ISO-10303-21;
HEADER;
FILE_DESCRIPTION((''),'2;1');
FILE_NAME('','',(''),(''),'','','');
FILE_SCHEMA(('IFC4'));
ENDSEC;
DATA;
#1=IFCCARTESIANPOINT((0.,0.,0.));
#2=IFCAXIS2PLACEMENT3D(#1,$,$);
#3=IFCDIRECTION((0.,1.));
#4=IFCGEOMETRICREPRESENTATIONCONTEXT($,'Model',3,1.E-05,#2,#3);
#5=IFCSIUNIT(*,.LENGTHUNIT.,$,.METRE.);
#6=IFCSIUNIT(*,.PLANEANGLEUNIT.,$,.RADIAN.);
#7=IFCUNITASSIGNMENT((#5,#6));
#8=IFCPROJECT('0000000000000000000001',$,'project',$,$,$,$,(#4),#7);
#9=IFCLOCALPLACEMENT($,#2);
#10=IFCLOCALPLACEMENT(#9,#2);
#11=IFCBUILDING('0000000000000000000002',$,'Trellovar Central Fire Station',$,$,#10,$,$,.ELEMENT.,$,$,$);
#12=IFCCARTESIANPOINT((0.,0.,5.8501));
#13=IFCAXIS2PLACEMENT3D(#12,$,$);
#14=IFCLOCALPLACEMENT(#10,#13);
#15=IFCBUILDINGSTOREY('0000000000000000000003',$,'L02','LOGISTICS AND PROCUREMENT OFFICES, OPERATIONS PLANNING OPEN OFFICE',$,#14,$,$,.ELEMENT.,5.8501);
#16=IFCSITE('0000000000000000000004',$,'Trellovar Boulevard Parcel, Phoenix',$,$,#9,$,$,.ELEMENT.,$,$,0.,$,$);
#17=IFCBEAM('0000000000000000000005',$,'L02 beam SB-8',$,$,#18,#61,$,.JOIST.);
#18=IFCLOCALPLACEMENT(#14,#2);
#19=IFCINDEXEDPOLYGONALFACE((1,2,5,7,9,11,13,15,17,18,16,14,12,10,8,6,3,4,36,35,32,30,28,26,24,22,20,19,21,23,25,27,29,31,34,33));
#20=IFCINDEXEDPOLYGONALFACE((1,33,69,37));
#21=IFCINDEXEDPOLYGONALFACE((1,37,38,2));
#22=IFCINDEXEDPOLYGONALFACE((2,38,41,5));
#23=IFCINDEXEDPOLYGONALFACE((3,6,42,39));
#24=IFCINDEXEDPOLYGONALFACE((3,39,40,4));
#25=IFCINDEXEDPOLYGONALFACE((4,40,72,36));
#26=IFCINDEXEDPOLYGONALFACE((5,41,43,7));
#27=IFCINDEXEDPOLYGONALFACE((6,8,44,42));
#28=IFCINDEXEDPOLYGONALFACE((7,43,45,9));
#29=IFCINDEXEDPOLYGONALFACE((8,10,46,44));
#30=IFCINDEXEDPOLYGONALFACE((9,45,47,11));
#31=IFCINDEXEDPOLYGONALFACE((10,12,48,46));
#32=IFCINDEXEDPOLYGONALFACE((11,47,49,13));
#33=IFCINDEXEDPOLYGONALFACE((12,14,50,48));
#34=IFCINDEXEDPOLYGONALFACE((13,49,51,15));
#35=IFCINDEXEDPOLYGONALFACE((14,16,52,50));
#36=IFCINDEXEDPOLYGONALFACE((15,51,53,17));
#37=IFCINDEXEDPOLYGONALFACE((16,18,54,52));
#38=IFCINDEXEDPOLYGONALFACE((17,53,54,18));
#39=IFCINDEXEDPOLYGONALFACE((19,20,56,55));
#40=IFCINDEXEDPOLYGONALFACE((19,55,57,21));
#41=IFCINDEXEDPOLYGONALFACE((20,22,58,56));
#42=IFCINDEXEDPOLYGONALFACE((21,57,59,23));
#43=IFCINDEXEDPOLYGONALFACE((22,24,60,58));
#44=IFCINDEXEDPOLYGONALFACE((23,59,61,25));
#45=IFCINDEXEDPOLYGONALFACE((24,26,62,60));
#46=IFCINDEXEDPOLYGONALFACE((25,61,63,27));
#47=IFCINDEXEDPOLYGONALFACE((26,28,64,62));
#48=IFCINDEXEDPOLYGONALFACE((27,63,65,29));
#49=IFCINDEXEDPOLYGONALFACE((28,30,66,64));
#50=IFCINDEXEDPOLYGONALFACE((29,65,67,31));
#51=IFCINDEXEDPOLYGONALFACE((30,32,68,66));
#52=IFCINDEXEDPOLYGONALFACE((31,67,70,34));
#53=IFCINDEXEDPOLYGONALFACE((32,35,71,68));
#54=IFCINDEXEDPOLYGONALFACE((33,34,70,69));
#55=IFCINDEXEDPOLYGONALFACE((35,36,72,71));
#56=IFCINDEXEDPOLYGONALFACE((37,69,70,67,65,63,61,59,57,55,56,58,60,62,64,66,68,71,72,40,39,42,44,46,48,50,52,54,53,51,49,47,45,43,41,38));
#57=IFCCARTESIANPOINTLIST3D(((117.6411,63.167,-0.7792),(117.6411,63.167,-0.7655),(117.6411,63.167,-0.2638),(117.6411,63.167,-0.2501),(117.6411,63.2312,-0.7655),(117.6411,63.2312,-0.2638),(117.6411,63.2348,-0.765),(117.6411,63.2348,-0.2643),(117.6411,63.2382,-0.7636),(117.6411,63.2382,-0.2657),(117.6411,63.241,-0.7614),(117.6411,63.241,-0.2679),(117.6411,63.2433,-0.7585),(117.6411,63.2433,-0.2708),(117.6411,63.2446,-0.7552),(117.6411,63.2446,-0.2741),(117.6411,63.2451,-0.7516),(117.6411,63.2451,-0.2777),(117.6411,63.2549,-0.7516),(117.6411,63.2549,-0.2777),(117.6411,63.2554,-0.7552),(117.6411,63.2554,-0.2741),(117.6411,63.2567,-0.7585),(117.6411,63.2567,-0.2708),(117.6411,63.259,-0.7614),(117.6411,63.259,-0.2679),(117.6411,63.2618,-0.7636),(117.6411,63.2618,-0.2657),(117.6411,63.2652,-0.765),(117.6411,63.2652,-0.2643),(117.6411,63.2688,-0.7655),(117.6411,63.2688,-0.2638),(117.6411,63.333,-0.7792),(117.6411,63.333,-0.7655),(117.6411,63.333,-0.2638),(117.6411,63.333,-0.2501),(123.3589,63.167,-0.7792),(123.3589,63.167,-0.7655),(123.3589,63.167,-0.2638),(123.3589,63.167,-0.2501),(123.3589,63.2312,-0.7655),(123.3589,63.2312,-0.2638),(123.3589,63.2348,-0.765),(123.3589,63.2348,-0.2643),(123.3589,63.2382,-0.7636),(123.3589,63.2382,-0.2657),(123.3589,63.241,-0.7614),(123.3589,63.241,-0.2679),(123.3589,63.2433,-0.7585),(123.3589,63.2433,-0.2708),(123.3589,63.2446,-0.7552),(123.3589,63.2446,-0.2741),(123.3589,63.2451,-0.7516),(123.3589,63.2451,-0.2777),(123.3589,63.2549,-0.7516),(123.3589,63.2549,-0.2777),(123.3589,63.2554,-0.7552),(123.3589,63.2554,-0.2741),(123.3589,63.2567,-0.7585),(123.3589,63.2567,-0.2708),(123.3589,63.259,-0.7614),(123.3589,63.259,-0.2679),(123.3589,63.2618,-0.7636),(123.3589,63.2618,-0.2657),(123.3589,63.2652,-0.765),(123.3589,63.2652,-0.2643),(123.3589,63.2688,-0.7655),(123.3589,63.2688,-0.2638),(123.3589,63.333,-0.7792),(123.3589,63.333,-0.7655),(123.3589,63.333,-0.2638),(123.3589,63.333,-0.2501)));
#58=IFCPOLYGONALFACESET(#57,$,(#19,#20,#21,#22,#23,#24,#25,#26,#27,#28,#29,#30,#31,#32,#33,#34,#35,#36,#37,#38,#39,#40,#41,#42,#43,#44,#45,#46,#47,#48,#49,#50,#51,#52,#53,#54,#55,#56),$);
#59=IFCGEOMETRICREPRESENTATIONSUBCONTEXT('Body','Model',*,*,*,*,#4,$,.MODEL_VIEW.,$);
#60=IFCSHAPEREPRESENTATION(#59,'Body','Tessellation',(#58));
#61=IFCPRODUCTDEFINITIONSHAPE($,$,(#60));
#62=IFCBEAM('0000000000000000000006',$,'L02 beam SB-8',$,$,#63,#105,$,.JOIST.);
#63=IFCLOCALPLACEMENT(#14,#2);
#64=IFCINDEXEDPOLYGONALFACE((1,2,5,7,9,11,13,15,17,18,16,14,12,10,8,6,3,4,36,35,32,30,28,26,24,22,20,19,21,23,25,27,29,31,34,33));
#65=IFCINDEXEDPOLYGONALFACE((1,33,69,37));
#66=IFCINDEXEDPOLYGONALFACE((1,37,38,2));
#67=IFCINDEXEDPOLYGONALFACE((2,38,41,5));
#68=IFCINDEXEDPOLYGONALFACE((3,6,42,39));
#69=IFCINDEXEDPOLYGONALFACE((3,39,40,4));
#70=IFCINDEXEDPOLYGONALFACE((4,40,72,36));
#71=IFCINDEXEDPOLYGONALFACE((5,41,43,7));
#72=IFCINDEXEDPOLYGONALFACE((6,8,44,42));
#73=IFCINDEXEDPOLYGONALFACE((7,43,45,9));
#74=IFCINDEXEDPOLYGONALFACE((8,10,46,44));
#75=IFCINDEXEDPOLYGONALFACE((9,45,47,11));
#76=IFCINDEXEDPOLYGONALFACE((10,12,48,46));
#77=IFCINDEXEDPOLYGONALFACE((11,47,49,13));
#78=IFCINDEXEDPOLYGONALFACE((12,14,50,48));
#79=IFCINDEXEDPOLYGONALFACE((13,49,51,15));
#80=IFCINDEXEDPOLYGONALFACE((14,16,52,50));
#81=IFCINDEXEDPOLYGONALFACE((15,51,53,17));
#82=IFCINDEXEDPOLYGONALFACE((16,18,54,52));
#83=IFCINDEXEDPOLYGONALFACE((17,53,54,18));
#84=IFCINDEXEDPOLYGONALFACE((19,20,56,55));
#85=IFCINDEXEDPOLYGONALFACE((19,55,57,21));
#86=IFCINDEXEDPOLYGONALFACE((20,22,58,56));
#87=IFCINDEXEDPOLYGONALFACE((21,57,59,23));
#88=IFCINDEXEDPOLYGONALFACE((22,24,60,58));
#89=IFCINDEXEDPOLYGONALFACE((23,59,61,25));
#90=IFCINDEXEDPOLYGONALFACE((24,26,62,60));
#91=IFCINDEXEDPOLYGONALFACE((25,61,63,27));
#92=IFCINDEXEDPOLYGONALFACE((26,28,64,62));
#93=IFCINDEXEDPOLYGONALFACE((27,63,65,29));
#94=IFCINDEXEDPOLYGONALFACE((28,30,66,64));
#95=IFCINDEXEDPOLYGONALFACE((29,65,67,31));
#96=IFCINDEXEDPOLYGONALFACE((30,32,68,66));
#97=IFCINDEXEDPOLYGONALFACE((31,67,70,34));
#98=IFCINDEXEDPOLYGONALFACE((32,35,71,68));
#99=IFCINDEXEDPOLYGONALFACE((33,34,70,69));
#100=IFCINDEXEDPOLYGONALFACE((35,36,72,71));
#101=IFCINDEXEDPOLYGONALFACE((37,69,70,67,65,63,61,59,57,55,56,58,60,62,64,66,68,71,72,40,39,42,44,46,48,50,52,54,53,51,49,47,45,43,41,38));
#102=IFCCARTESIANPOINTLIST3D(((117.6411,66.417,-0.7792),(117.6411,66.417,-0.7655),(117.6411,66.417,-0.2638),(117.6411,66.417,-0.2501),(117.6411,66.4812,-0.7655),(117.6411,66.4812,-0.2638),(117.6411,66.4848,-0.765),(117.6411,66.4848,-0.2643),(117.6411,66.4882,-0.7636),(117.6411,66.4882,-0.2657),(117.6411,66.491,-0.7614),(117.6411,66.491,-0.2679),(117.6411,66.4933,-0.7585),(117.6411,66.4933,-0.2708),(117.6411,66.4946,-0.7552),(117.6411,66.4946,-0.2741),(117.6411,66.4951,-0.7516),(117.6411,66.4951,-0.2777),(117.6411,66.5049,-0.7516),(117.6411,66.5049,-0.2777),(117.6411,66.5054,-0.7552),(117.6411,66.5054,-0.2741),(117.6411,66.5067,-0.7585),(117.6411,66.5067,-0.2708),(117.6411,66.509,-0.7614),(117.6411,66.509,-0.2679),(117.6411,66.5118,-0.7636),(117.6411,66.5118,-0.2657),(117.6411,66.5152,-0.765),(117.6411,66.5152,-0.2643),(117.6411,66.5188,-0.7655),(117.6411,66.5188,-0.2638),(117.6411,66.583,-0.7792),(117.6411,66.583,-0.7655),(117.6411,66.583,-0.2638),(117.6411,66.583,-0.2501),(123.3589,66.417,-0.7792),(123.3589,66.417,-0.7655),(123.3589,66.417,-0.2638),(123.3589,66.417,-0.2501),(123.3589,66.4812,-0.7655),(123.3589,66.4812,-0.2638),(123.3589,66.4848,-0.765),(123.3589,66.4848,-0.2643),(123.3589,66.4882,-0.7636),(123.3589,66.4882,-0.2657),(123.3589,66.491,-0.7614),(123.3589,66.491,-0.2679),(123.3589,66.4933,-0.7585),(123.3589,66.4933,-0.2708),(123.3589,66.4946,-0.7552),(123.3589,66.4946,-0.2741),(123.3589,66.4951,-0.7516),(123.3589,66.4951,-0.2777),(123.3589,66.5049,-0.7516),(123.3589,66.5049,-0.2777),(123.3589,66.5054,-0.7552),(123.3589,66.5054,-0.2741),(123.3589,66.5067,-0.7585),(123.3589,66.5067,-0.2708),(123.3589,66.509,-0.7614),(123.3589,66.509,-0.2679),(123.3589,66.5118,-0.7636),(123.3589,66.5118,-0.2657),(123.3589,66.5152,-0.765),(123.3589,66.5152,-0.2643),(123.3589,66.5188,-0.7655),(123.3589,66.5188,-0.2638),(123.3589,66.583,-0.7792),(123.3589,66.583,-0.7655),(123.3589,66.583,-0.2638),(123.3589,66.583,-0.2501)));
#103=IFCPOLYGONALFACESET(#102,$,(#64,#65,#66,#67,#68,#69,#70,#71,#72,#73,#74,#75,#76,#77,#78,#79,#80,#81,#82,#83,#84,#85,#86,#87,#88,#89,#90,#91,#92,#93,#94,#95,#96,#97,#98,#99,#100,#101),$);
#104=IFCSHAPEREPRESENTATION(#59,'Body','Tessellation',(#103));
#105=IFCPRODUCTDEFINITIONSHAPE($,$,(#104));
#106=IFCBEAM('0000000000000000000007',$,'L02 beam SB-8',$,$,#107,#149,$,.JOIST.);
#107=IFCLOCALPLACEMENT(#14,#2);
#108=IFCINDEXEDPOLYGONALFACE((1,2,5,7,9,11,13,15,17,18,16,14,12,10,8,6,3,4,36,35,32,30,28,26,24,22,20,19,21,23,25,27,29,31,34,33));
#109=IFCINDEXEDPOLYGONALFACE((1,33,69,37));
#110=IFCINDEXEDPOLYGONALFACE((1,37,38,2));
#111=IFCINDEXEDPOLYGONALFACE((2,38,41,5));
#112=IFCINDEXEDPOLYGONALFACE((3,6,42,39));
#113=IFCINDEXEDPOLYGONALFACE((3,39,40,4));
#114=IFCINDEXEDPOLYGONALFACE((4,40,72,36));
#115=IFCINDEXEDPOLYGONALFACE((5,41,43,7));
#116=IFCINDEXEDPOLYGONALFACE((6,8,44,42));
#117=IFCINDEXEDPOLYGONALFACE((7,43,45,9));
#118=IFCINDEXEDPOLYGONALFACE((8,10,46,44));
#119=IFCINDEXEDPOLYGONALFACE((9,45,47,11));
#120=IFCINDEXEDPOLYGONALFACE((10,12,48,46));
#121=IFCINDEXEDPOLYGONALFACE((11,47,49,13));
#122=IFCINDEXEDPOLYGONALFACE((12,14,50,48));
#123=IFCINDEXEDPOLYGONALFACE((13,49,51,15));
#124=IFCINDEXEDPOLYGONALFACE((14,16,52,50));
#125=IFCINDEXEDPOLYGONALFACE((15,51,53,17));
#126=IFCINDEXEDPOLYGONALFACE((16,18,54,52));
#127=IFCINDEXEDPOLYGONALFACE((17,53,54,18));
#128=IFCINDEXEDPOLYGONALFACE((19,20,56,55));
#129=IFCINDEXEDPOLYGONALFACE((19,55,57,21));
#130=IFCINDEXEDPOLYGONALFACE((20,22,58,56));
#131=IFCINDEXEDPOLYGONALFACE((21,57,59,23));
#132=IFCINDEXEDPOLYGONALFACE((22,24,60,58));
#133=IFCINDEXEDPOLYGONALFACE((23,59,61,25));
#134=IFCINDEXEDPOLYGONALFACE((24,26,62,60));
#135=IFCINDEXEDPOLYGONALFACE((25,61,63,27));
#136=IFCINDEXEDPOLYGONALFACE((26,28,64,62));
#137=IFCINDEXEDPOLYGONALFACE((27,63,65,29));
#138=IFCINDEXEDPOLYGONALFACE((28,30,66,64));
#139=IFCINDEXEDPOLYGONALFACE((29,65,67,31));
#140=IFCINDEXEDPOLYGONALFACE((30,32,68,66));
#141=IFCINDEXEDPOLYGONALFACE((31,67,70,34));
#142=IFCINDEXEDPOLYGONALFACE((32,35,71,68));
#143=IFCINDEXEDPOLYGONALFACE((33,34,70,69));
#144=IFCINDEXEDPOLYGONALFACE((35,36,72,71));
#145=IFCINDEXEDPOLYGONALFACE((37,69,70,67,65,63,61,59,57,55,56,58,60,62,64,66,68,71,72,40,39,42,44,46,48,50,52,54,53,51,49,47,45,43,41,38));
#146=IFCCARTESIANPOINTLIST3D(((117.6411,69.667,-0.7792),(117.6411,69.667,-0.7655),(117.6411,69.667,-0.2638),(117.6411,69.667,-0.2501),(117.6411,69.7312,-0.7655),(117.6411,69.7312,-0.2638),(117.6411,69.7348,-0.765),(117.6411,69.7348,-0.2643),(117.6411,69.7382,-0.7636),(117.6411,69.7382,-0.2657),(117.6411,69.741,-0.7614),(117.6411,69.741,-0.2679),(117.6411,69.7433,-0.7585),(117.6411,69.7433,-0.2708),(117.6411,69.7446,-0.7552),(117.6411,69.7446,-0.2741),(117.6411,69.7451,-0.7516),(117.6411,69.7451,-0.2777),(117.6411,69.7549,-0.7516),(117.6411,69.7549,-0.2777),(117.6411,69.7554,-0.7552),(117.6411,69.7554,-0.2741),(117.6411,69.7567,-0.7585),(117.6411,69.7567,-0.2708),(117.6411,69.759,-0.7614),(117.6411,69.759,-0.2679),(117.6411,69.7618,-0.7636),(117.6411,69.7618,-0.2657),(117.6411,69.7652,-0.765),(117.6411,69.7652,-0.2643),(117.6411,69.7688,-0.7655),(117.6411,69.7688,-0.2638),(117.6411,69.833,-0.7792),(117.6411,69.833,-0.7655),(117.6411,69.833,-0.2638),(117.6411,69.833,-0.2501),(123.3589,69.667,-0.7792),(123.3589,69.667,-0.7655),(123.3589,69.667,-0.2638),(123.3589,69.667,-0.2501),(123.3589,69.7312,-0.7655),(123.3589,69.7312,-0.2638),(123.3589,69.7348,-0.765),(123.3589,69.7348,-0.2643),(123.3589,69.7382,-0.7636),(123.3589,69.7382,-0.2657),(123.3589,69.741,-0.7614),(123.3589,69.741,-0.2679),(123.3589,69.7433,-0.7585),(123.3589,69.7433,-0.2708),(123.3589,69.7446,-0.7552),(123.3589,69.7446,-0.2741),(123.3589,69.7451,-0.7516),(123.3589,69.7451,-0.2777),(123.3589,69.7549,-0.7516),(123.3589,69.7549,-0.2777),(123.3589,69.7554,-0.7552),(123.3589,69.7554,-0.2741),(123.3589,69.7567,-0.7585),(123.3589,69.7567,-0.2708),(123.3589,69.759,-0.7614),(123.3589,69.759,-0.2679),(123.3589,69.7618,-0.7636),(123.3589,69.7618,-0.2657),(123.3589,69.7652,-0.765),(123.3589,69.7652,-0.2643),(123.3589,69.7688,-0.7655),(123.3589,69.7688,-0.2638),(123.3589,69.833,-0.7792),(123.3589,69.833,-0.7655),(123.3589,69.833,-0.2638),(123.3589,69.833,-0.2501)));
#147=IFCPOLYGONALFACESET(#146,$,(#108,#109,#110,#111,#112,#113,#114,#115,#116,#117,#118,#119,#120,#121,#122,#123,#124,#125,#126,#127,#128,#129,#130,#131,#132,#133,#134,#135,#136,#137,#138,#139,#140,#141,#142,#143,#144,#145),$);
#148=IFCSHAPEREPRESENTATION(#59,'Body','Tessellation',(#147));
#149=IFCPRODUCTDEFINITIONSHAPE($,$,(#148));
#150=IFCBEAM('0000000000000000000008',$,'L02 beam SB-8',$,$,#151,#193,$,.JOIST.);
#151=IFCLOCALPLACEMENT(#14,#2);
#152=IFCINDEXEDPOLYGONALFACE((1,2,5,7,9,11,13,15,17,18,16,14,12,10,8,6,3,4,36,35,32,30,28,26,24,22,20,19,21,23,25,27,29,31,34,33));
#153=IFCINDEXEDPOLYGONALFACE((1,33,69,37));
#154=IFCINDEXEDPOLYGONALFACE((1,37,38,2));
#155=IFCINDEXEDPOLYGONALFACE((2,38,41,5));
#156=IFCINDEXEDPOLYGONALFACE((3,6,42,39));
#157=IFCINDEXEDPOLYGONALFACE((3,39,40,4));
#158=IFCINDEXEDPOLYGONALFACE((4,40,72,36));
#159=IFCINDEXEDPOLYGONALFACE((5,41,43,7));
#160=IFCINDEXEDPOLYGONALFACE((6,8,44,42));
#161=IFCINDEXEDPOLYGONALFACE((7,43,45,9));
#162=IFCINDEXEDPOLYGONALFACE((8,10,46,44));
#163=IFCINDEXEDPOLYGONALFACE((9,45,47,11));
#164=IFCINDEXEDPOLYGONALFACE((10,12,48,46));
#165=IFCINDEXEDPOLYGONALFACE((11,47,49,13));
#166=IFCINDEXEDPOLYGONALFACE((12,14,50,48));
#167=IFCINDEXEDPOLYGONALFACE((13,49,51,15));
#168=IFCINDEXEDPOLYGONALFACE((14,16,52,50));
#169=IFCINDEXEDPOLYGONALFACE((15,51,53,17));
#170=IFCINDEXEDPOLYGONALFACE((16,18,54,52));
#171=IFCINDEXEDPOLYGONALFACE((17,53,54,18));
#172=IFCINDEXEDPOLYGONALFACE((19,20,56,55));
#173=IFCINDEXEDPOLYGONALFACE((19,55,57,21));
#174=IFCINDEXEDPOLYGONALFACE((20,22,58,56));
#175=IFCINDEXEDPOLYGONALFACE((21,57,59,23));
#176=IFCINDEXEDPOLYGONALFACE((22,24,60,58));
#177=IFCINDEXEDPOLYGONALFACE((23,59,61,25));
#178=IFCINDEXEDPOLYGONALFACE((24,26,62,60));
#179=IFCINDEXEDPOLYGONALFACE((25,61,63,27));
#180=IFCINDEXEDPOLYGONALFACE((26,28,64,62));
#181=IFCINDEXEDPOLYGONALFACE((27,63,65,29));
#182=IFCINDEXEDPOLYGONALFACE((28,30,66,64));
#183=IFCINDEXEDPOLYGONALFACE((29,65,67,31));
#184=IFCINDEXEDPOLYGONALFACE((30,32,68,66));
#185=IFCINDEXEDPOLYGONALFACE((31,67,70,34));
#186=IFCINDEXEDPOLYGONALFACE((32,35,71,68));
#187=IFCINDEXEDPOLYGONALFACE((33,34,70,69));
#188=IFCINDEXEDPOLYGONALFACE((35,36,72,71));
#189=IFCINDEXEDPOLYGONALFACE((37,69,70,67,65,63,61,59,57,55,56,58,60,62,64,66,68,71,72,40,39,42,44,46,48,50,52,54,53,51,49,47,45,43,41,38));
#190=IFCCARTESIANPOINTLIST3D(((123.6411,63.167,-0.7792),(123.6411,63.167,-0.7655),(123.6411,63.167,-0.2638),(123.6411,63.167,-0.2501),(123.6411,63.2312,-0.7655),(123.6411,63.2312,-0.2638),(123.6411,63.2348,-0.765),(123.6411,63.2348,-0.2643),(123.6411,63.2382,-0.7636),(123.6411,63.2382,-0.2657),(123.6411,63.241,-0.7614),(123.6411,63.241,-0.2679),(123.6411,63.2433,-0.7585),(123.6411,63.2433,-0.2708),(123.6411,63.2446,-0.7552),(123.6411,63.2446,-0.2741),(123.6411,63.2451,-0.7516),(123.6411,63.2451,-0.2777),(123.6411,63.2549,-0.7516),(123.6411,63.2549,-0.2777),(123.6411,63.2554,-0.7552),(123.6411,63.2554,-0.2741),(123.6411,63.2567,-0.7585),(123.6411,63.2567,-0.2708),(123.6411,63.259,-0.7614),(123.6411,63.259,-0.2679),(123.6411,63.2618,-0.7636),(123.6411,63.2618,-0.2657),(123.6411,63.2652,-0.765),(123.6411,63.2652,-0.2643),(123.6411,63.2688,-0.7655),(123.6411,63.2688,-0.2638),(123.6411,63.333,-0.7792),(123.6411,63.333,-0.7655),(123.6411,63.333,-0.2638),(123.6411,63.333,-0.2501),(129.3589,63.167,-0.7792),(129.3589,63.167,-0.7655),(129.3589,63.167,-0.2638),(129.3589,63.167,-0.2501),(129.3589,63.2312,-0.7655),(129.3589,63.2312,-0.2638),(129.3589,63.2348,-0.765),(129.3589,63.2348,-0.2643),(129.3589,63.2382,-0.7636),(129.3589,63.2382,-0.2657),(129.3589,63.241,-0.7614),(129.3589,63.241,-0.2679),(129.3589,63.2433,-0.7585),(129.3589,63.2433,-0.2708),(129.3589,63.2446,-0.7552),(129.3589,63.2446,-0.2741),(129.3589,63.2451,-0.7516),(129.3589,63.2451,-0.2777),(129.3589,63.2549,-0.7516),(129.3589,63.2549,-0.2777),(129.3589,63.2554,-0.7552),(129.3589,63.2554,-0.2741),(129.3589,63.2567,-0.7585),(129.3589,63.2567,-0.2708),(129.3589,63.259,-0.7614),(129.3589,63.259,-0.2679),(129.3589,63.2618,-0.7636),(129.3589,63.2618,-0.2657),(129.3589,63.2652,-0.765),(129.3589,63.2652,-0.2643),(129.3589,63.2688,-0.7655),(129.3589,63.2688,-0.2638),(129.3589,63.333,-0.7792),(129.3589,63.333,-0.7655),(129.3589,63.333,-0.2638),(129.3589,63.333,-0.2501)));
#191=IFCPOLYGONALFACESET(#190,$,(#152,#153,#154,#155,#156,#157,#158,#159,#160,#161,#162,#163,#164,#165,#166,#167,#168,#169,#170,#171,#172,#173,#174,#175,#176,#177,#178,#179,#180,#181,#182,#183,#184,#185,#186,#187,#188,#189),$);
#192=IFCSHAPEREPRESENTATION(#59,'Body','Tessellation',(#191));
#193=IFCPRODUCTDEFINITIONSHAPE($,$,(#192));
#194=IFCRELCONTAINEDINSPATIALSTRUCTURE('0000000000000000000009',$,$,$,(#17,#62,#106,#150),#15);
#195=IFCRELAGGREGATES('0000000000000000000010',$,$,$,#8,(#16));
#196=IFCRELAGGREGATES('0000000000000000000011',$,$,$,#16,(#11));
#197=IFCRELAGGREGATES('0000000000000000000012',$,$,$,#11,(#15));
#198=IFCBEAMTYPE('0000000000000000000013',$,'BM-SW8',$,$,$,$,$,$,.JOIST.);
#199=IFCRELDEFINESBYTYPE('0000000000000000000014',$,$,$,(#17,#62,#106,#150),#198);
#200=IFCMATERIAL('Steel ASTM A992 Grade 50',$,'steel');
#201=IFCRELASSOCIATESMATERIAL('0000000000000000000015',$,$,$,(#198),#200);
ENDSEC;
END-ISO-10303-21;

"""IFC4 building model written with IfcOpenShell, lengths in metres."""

from ifc_helpers import new_model, si_unit, direction, frame, origin, origin_2d, place, context, subcontext, project, spatial, i_section, extrude, material, material_profile, profile_set, type_object, element, save


model = new_model("IFC4")

# Units and contexts
model_context = context("Model", 3, precision=1e-05, world=origin(), true_north=direction((0.0, 1.0)))
body_context = subcontext(model_context, "Body", "Model", "MODEL_VIEW")
ifc_project = project(units=[si_unit("LENGTHUNIT", "METRE"), si_unit("PLANEANGLEUNIT", "RADIAN")], contexts=[model_context])

# Site, building, storey
site_placement = place(None, origin())
site = spatial("IfcSite", under=ifc_project, at=site_placement, Name="Trellovar Boulevard Parcel, Phoenix", CompositionType="ELEMENT", RefElevation=0.0)
building_placement = place(site_placement, origin())
building = spatial("IfcBuilding", under=site, at=building_placement, Name="Trellovar Central Fire Station", CompositionType="ELEMENT")
storey_placement = place(building_placement, frame((0.0, 0.0, 5.8501)))
storey = spatial("IfcBuildingStorey", under=building, at=storey_placement, Name="L02", Description="LOGISTICS AND PROCUREMENT OFFICES, OPERATIONS PLANNING OPEN OFFICE", CompositionType="ELEMENT", Elevation=5.8501)

# Beams
ifc_material_1 = material(Name="Steel ASTM A992 Grade 50", Category="steel")
ifc_material_profile_1 = material_profile(ifc_material_1, i_section(OverallWidth=0.166, OverallDepth=0.5291, WebThickness=0.0098, FlangeThickness=0.0137, FilletRadius=0.0139, at=origin_2d()), Name="W21X50")
ifc_profile_set_1 = profile_set([ifc_material_profile_1], Name="Steel ASTM A992 Grade 50")
beam_type_1 = type_object("IfcBeamType", Name="BM-SW8", PredefinedType="JOIST", material=ifc_profile_set_1)
for number, where, z_axis, x_axis, name in (
    (1, (117.6411, 63.25, -0.5146), (1.0, 0.0, 0.0), (0.0, 1.0, 0.0), "L02 beam SB-8"),
    (2, (117.6411, 66.5, -0.5146), (1.0, 0.0, 0.0), (0.0, 1.0, 0.0), "L02 beam SB-8"),
    (3, (117.6411, 69.75, -0.5146), (1.0, 0.0, 0.0), (0.0, 1.0, 0.0), "L02 beam SB-8"),
    (4, (123.6411, 63.25, -0.5146), (1.0, 0.0, 0.0), (0.0, 1.0, 0.0), "L02 beam SB-8"),
):
    element("IfcBeam", number, at=place(storey_placement, frame(where, z_axis=z_axis, x_axis=x_axis)), inside=storey, type_object=beam_type_1, Name=name, PredefinedType="JOIST", context=body_context, shape_type="SweptSolid", body=[
        extrude(i_section(OverallWidth=0.166, OverallDepth=0.5291, WebThickness=0.0098, FlangeThickness=0.0137, FilletRadius=0.0139, at=origin_2d()), origin(), (0.0, 0.0, 1.0), 5.7178),
    ])

save(model, "model.ifc")
